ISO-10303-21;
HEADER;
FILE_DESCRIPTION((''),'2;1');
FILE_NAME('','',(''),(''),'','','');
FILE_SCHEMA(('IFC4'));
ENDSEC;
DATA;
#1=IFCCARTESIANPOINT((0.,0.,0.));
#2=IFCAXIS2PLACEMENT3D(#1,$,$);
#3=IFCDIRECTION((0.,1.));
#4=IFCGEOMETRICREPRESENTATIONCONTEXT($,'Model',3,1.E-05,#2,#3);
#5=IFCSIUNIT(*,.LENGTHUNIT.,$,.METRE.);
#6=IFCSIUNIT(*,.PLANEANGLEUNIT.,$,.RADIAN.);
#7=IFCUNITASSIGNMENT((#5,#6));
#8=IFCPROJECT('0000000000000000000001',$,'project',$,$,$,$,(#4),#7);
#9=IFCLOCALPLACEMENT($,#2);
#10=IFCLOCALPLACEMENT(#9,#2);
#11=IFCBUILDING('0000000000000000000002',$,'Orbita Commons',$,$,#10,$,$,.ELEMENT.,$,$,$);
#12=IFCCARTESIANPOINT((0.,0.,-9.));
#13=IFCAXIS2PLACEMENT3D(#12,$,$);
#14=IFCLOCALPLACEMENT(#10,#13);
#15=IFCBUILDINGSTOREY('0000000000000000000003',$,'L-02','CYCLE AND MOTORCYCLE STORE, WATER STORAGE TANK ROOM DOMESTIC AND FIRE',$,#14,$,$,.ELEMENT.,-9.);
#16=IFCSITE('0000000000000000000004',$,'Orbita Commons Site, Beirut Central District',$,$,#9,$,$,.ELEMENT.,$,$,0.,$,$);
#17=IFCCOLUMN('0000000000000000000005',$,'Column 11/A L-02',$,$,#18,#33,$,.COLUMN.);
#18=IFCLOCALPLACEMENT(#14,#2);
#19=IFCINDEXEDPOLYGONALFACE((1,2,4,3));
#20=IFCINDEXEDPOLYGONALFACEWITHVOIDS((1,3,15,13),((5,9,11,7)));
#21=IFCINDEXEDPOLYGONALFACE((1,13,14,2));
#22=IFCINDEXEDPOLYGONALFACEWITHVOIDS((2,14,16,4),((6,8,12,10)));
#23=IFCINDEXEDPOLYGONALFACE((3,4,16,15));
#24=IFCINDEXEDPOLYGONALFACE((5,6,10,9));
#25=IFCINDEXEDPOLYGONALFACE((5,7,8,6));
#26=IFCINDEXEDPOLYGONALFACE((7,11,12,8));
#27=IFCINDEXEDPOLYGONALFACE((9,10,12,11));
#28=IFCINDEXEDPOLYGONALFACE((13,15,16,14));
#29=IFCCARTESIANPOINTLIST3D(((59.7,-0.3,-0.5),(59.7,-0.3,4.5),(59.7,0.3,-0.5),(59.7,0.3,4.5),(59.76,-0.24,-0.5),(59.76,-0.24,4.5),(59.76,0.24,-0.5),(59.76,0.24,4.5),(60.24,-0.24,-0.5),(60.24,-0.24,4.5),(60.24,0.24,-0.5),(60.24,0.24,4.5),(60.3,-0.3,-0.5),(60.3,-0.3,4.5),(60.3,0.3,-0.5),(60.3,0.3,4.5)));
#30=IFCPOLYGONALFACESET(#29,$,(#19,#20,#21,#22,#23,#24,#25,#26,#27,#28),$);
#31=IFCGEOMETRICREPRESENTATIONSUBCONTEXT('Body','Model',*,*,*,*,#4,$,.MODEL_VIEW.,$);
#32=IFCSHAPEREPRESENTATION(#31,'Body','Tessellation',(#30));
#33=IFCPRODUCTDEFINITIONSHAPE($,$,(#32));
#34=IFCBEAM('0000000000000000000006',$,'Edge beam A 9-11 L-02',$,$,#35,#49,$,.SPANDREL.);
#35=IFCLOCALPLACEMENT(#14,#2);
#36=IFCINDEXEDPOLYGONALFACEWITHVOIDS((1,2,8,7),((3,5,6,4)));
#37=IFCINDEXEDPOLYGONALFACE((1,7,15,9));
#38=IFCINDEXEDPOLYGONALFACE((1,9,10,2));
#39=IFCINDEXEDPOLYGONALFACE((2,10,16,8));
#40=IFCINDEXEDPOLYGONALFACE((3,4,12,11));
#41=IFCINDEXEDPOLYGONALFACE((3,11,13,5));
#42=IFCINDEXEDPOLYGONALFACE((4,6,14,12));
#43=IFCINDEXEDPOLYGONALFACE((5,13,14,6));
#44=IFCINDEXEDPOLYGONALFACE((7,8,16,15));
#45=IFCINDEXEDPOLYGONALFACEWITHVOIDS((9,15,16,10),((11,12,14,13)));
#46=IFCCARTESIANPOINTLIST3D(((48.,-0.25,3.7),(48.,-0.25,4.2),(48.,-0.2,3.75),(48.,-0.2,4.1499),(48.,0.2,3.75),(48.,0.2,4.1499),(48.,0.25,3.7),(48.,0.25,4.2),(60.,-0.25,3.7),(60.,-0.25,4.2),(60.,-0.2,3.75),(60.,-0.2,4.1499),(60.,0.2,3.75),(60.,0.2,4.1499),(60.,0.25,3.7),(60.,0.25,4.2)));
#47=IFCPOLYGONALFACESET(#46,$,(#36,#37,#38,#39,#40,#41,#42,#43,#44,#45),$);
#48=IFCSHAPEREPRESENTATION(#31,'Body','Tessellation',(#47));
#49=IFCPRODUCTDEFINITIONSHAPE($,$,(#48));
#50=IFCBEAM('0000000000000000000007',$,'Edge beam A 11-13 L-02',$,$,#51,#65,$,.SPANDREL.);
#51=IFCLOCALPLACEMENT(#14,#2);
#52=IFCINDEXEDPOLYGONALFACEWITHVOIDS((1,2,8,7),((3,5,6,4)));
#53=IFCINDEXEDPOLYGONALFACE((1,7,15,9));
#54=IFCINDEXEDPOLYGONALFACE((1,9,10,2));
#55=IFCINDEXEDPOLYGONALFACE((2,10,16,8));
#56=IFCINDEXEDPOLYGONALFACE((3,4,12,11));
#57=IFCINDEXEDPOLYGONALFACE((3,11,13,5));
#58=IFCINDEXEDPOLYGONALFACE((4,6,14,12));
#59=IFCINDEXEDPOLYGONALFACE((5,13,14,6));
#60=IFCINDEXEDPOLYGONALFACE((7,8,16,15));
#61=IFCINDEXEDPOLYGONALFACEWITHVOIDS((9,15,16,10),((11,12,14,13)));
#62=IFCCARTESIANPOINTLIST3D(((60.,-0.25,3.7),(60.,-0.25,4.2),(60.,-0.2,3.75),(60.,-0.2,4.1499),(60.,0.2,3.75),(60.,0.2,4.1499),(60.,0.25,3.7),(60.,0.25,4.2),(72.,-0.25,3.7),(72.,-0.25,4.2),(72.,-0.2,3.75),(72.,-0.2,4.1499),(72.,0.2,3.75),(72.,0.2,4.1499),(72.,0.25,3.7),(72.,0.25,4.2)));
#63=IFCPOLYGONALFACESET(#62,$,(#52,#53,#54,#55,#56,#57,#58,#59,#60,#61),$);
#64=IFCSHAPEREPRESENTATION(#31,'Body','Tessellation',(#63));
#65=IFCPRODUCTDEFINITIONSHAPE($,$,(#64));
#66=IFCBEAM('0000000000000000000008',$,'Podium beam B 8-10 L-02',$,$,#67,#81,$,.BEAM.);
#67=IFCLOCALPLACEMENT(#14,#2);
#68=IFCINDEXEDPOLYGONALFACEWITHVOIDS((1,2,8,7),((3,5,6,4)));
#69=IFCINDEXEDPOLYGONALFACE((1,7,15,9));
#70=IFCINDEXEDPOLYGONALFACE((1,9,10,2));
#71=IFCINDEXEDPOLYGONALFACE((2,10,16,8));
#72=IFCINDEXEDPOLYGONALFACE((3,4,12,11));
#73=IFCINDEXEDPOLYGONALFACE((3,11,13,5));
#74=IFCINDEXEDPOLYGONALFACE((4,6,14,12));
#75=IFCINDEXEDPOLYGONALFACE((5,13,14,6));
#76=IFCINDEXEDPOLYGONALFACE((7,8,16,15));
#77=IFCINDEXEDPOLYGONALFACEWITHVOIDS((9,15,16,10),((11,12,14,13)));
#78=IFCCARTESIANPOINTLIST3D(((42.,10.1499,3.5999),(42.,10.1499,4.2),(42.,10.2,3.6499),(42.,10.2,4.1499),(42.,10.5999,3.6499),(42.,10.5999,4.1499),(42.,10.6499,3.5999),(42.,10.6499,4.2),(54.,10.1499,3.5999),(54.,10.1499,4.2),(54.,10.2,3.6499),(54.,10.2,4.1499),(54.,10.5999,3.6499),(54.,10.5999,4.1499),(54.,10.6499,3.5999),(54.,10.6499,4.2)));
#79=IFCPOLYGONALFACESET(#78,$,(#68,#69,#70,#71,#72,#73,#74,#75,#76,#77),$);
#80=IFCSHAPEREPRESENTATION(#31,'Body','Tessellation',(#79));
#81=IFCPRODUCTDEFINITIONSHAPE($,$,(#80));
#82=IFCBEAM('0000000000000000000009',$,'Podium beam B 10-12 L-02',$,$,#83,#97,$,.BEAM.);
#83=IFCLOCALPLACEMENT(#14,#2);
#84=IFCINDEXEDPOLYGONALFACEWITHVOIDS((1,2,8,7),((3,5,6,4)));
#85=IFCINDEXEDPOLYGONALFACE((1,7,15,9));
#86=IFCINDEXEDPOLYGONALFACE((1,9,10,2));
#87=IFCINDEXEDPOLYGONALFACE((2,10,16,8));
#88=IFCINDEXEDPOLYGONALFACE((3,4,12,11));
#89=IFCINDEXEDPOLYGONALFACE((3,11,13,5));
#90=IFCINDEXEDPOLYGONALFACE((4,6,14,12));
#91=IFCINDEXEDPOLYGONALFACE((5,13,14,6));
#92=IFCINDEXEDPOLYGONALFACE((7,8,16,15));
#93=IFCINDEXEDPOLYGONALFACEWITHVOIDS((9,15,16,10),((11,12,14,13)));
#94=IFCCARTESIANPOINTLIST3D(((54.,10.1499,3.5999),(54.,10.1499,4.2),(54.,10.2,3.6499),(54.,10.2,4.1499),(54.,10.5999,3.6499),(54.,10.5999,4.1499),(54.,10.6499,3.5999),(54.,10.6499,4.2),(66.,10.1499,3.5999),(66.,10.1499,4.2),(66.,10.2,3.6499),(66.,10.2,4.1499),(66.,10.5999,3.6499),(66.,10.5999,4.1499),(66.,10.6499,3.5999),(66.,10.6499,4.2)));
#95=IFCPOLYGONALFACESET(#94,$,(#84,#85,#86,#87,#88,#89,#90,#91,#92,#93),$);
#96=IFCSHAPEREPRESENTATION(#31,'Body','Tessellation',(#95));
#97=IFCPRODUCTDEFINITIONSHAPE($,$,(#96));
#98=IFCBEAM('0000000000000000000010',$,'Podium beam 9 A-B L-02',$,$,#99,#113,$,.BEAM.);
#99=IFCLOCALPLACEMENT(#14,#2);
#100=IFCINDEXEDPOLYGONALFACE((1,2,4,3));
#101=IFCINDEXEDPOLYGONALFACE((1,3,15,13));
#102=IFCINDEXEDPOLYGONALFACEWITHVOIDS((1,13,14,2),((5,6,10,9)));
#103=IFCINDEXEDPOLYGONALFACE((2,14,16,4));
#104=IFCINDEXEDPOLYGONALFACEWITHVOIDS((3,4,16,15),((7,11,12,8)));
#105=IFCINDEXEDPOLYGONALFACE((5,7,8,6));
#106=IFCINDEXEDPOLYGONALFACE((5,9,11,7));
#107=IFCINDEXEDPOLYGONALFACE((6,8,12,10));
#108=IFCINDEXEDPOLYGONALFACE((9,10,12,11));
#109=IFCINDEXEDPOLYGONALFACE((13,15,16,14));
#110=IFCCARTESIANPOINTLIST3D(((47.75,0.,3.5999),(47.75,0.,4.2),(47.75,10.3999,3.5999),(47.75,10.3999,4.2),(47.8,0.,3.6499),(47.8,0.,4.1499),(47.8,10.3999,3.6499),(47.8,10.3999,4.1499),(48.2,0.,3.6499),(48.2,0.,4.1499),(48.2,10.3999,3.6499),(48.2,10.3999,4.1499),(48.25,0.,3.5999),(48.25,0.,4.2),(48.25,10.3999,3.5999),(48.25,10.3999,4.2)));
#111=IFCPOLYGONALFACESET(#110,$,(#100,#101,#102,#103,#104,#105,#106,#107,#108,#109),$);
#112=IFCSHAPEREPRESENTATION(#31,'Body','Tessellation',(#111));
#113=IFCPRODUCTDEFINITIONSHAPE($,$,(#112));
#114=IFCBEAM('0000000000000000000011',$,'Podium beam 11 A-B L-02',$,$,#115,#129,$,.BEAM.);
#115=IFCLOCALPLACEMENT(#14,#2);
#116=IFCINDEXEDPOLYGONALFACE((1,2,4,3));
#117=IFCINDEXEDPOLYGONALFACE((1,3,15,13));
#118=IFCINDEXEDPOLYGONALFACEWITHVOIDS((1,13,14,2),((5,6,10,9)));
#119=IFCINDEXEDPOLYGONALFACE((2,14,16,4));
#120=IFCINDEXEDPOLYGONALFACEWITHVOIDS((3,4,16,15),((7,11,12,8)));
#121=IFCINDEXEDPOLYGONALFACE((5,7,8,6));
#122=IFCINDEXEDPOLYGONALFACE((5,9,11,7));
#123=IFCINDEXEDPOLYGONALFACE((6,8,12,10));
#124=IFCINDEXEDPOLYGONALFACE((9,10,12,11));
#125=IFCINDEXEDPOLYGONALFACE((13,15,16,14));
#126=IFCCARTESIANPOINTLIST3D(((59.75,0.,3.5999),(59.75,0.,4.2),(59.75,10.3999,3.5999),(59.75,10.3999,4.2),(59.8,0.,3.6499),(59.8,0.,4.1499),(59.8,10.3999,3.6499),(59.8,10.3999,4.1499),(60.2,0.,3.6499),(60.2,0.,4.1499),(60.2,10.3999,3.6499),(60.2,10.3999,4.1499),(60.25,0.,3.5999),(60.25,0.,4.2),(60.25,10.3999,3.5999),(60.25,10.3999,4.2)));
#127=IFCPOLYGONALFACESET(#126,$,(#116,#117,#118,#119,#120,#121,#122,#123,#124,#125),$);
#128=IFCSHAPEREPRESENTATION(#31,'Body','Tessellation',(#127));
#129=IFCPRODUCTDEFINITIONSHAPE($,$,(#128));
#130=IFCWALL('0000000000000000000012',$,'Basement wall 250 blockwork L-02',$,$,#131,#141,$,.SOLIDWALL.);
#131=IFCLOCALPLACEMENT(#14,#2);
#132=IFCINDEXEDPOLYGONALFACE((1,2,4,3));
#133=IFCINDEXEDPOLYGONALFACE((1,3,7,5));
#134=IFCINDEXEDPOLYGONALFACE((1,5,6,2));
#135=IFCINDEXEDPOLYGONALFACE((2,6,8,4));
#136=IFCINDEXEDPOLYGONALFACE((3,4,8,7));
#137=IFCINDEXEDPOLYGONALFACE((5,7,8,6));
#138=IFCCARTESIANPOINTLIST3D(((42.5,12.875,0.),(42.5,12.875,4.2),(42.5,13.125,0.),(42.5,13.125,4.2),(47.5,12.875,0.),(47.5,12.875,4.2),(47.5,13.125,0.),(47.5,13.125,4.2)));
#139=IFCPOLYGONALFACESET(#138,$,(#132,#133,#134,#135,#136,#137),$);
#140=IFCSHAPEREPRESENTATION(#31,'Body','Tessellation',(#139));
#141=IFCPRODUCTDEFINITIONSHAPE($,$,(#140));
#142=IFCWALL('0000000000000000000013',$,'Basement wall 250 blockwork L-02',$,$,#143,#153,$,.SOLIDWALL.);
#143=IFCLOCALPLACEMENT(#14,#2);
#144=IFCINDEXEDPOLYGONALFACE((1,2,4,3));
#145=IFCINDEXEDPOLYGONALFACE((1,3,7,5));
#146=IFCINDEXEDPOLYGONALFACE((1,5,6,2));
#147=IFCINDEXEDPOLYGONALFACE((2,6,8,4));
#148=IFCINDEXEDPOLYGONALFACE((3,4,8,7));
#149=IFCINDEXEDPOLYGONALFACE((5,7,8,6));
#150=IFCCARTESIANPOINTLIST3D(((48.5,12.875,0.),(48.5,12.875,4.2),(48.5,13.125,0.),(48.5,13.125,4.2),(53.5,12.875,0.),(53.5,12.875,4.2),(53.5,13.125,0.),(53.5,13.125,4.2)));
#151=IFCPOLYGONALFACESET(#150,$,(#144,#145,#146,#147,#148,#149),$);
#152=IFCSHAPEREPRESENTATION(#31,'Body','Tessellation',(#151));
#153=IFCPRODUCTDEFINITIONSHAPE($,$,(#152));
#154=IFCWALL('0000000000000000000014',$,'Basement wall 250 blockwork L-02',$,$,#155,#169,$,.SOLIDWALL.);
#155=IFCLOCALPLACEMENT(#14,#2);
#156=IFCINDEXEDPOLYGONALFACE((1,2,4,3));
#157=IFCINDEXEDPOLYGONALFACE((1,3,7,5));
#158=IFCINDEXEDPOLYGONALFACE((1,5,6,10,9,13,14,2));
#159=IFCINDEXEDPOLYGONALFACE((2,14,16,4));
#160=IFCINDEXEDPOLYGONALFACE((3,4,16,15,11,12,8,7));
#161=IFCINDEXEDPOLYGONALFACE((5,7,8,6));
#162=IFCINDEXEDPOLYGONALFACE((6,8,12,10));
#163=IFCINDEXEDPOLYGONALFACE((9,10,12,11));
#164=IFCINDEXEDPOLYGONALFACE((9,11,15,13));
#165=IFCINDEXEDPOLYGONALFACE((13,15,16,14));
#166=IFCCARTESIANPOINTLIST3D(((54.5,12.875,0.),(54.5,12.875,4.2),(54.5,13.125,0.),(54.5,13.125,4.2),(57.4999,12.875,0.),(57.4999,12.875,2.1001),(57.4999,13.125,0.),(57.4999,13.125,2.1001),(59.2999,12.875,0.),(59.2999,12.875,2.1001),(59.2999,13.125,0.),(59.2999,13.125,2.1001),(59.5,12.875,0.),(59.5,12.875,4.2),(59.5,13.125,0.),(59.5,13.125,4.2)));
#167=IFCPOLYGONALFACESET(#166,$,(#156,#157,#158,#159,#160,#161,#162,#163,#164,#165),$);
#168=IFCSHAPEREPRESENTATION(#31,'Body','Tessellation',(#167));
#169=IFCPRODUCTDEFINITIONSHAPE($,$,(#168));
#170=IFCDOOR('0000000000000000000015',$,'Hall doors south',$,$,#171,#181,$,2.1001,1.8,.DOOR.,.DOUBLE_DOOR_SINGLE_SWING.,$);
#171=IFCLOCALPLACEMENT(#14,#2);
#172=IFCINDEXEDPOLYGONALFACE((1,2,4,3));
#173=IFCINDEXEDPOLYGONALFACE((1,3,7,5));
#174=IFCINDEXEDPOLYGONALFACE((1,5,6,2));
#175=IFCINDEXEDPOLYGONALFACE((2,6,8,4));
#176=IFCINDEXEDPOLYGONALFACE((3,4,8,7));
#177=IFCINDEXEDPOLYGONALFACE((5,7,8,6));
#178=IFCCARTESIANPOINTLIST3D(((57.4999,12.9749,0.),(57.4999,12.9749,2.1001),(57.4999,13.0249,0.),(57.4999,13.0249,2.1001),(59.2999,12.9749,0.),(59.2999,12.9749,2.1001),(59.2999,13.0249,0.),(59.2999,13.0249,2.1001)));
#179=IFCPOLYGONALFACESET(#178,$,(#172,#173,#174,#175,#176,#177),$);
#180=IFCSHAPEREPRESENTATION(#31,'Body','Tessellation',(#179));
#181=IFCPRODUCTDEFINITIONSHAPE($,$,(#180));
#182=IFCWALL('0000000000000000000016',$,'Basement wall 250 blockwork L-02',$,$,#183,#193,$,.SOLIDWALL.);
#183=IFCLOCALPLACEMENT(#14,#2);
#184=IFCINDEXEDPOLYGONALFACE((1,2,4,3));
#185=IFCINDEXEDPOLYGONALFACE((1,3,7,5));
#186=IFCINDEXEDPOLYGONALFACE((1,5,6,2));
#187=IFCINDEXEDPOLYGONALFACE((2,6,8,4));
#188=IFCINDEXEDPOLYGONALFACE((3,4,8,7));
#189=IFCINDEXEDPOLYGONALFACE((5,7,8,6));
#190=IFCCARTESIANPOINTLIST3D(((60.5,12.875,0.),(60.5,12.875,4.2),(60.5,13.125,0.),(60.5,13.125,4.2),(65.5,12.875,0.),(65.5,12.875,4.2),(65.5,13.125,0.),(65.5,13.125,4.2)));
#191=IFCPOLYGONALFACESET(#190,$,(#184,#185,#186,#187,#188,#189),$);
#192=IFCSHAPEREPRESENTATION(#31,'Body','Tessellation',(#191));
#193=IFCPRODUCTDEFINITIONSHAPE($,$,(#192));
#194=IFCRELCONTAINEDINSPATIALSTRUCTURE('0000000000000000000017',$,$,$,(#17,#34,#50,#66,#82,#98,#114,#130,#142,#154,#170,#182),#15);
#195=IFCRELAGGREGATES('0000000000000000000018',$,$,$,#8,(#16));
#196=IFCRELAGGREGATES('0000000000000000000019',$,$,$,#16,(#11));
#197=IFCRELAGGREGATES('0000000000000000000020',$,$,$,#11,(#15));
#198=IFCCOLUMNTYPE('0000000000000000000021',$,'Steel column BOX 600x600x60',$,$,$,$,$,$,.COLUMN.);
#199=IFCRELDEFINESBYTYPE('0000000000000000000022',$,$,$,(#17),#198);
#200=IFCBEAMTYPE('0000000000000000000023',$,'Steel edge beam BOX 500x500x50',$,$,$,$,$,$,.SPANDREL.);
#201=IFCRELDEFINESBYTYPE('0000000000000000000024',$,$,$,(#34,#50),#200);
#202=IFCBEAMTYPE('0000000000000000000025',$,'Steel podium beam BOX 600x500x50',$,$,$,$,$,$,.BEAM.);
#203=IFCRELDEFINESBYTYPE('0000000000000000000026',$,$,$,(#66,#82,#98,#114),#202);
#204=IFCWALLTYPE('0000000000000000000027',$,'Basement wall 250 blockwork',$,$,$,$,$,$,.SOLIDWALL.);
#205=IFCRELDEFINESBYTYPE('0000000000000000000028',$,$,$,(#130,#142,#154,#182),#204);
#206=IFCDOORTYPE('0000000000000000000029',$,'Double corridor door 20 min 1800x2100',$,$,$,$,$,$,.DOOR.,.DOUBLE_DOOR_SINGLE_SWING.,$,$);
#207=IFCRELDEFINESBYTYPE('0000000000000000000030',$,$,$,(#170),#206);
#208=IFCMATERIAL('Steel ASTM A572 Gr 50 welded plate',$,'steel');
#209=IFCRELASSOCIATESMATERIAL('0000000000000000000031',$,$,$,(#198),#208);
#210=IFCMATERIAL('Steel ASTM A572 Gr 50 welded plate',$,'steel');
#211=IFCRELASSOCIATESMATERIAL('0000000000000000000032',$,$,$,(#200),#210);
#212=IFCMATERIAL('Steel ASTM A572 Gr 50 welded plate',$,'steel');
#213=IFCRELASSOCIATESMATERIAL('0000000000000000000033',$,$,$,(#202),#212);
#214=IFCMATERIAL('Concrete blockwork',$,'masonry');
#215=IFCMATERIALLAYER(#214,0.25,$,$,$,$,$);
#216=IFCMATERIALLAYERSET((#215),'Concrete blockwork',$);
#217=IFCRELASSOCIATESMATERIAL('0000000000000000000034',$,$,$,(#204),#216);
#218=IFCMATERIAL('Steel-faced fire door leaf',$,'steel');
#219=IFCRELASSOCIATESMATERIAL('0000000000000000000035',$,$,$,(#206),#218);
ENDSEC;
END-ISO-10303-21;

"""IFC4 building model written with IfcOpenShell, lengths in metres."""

from ifc_helpers import new_model, si_unit, direction, frame, frame_2d, origin, origin_2d, place, context, subcontext, project, spatial, rectangle, hollow_rectangle, extrude, material, layer, layer_set, material_profile, profile_set, type_object, element, fill, save


model = new_model("IFC4")

# Units and contexts
model_context = context("Model", 3, precision=1e-05, world=origin(), true_north=direction((0.0, 1.0)))
body_context = subcontext(model_context, "Body", "Model", "MODEL_VIEW")
ifc_project = project(units=[si_unit("LENGTHUNIT", "METRE"), si_unit("PLANEANGLEUNIT", "RADIAN")], contexts=[model_context])

# Site, building, storey
site_placement = place(None, origin())
site = spatial("IfcSite", under=ifc_project, at=site_placement, Name="Orbita Commons Site, Beirut Central District", CompositionType="ELEMENT", RefElevation=0.0)
building_placement = place(site_placement, origin())
building = spatial("IfcBuilding", under=site, at=building_placement, Name="Orbita Commons", CompositionType="ELEMENT")
storey_placement = place(building_placement, frame((0.0, 0.0, -9.0)))
storey = spatial("IfcBuildingStorey", under=building, at=storey_placement, Name="L-02", Description="CYCLE AND MOTORCYCLE STORE, WATER STORAGE TANK ROOM DOMESTIC AND FIRE", CompositionType="ELEMENT", Elevation=-9.0)

# Column
ifc_material_1 = material(Name="Steel ASTM A572 Gr 50 welded plate", Category="steel")
ifc_material_profile_1 = material_profile(ifc_material_1, hollow_rectangle(XDim=0.6001, YDim=0.6001, WallThickness=0.0601, at=origin_2d()), Name="BOX 600x600x60")
ifc_profile_set_1 = profile_set([ifc_material_profile_1], Name="Steel ASTM A572 Gr 50 welded plate")
column_type_1 = type_object("IfcColumnType", Name="Steel column BOX 600x600x60", PredefinedType="COLUMN", material=ifc_profile_set_1)
for number, where, z_axis, x_axis, name in (
    (1, (60.0, 0.0, -0.5), (0.0, 0.0, 1.0), (1.0, 0.0, 0.0), "Column 11/A L-02"),
):
    element("IfcColumn", number, at=place(storey_placement, frame(where, z_axis=z_axis, x_axis=x_axis)), inside=storey, type_object=column_type_1, Name=name, PredefinedType="COLUMN", context=body_context, shape_type="SweptSolid", body=[
        extrude(hollow_rectangle(XDim=0.6001, YDim=0.6001, WallThickness=0.0601, at=origin_2d()), origin(), (0.0, 0.0, 1.0), 5.0),
    ])

# Beams
ifc_material_2 = material(Name="Steel ASTM A572 Gr 50 welded plate", Category="steel")
ifc_material_profile_2 = material_profile(ifc_material_2, hollow_rectangle(XDim=0.5, YDim=0.5, WallThickness=0.05, at=origin_2d()), Name="BOX 500x500x50")
ifc_profile_set_2 = profile_set([ifc_material_profile_2], Name="Steel ASTM A572 Gr 50 welded plate")
beam_type_1 = type_object("IfcBeamType", Name="Steel edge beam BOX 500x500x50", PredefinedType="SPANDREL", material=ifc_profile_set_2)
for number, where, z_axis, x_axis, name in (
    (2, (48.0, 0.0, 3.95), (1.0, 0.0, 0.0), (0.0, 1.0, 0.0), "Edge beam A 9-11 L-02"),
    (3, (60.0, 0.0, 3.95), (1.0, 0.0, 0.0), (0.0, 1.0, 0.0), "Edge beam A 11-13 L-02"),
):
    element("IfcBeam", number, at=place(storey_placement, frame(where, z_axis=z_axis, x_axis=x_axis)), inside=storey, type_object=beam_type_1, Name=name, PredefinedType="SPANDREL", context=body_context, shape_type="SweptSolid", body=[
        extrude(hollow_rectangle(XDim=0.5, YDim=0.5, WallThickness=0.05, at=origin_2d()), origin(), (0.0, 0.0, 1.0), 12.0),
    ])
ifc_material_3 = material(Name="Steel ASTM A572 Gr 50 welded plate", Category="steel")
ifc_material_profile_3 = material_profile(ifc_material_3, hollow_rectangle(XDim=0.5, YDim=0.6001, WallThickness=0.05, at=origin_2d()), Name="BOX 600x500x50")
ifc_profile_set_3 = profile_set([ifc_material_profile_3], Name="Steel ASTM A572 Gr 50 welded plate")
beam_type_2 = type_object("IfcBeamType", Name="Steel podium beam BOX 600x500x50", PredefinedType="BEAM", material=ifc_profile_set_3)
for number, where, z_axis, x_axis, name in (
    (4, (42.0, 10.3999, 3.8999), (1.0, 0.0, 0.0), (0.0, 1.0, 0.0), "Podium beam B 8-10 L-02"),
    (5, (54.0, 10.3999, 3.8999), (1.0, 0.0, 0.0), (0.0, 1.0, 0.0), "Podium beam B 10-12 L-02"),
):
    element("IfcBeam", number, at=place(storey_placement, frame(where, z_axis=z_axis, x_axis=x_axis)), inside=storey, type_object=beam_type_2, Name=name, PredefinedType="BEAM", context=body_context, shape_type="SweptSolid", body=[
        extrude(hollow_rectangle(XDim=0.5, YDim=0.6001, WallThickness=0.05, at=origin_2d()), origin(), (0.0, 0.0, 1.0), 12.0),
    ])
for number, where, z_axis, x_axis, name in (
    (6, (48.0, 0.0, 3.8999), (0.0, 1.0, 0.0), (-1.0, 0.0, 0.0), "Podium beam 9 A-B L-02"),
    (7, (60.0, 0.0, 3.8999), (0.0, 1.0, 0.0), (-1.0, 0.0, 0.0), "Podium beam 11 A-B L-02"),
):
    element("IfcBeam", number, at=place(storey_placement, frame(where, z_axis=z_axis, x_axis=x_axis)), inside=storey, type_object=beam_type_2, Name=name, PredefinedType="BEAM", context=body_context, shape_type="SweptSolid", body=[
        extrude(hollow_rectangle(XDim=0.5, YDim=0.6001, WallThickness=0.05, at=origin_2d()), origin(), (0.0, 0.0, 1.0), 10.3999),
    ])

# Walls
ifc_material_4 = material(Name="Concrete blockwork", Category="masonry")
ifc_layer_1 = layer(ifc_material_4, 0.25)
ifc_layer_set_1 = layer_set([ifc_layer_1], Name="Concrete blockwork")
wall_type_1 = type_object("IfcWallType", Name="Basement wall 250 blockwork", PredefinedType="SOLIDWALL", material=ifc_layer_set_1)
for number, where, z_axis, x_axis, name in (
    (8, (42.5, 13.0, 0.0), (0.0, 0.0, 1.0), (1.0, 0.0, 0.0), "Basement wall 250 blockwork L-02"),
    (9, (48.5, 13.0, 0.0), (0.0, 0.0, 1.0), (1.0, 0.0, 0.0), "Basement wall 250 blockwork L-02"),
):
    element("IfcWall", number, at=place(storey_placement, frame(where, z_axis=z_axis, x_axis=x_axis)), inside=storey, type_object=wall_type_1, Name=name, PredefinedType="SOLIDWALL", context=body_context, shape_type="SweptSolid", body=[
        extrude(rectangle(XDim=5.0, YDim=0.25, at=frame_2d((2.5, 0.0))), origin(), (0.0, 0.0, 1.0), 4.2),
    ])

# Wall, opening, door
wall_1_placement = place(storey_placement, frame((54.5, 13.0, 0.0), z_axis=(0.0, 0.0, 1.0), x_axis=(1.0, 0.0, 0.0)))
wall_1 = element("IfcWall", 10, at=wall_1_placement, inside=storey, type_object=wall_type_1, Name="Basement wall 250 blockwork L-02", PredefinedType="SOLIDWALL", context=body_context, shape_type="SweptSolid", body=[
    extrude(rectangle(XDim=5.0, YDim=0.25, at=frame_2d((2.5, 0.0))), origin(), (0.0, 0.0, 1.0), 4.2),
])
opening_1_placement = place(wall_1_placement, frame((3.0, 0.0, 0.0)))
opening_1 = element("IfcOpeningElement", 11, at=opening_1_placement, cuts=wall_1, PredefinedType="OPENING", context=body_context, shape_type="SweptSolid", body=[
    extrude(rectangle(XDim=1.8, YDim=2.1001, at=frame_2d((0.8999, 1.05))), frame((0.0, 0.135, 0.0), z_axis=(0.0, -1.0, 0.0), x_axis=(1.0, 0.0, 0.0)), (0.0, 0.0, 1.0), 0.27),
])
ifc_material_5 = material(Name="Steel-faced fire door leaf", Category="steel")
door_type_1 = type_object("IfcDoorType", Name="Double corridor door 20 min 1800x2100", OperationType="DOUBLE_DOOR_SINGLE_SWING", PredefinedType="DOOR", material=ifc_material_5)
door_1_placement = place(opening_1_placement, origin())
door_1 = element("IfcDoor", 12, at=door_1_placement, inside=storey, type_object=door_type_1, Name="Hall doors south", OperationType="DOUBLE_DOOR_SINGLE_SWING", OverallHeight=2.1001, OverallWidth=1.8, PredefinedType="DOOR", context=body_context, shape_type="SweptSolid", body=[
    extrude(rectangle(XDim=1.8, YDim=2.1001, at=frame_2d((0.8999, 1.05))), frame((0.0, 0.0249, 0.0), z_axis=(0.0, -1.0, 0.0), x_axis=(1.0, 0.0, 0.0)), (0.0, 0.0, 1.0), 0.05),
])
fill(opening_1, door_1)

# Wall
wall_2_placement = place(storey_placement, frame((60.5, 13.0, 0.0), z_axis=(0.0, 0.0, 1.0), x_axis=(1.0, 0.0, 0.0)))
element("IfcWall", 13, at=wall_2_placement, inside=storey, type_object=wall_type_1, Name="Basement wall 250 blockwork L-02", PredefinedType="SOLIDWALL", context=body_context, shape_type="SweptSolid", body=[
    extrude(rectangle(XDim=5.0, YDim=0.25, at=frame_2d((2.5, 0.0))), origin(), (0.0, 0.0, 1.0), 4.2),
])

save(model, "model.ifc")
